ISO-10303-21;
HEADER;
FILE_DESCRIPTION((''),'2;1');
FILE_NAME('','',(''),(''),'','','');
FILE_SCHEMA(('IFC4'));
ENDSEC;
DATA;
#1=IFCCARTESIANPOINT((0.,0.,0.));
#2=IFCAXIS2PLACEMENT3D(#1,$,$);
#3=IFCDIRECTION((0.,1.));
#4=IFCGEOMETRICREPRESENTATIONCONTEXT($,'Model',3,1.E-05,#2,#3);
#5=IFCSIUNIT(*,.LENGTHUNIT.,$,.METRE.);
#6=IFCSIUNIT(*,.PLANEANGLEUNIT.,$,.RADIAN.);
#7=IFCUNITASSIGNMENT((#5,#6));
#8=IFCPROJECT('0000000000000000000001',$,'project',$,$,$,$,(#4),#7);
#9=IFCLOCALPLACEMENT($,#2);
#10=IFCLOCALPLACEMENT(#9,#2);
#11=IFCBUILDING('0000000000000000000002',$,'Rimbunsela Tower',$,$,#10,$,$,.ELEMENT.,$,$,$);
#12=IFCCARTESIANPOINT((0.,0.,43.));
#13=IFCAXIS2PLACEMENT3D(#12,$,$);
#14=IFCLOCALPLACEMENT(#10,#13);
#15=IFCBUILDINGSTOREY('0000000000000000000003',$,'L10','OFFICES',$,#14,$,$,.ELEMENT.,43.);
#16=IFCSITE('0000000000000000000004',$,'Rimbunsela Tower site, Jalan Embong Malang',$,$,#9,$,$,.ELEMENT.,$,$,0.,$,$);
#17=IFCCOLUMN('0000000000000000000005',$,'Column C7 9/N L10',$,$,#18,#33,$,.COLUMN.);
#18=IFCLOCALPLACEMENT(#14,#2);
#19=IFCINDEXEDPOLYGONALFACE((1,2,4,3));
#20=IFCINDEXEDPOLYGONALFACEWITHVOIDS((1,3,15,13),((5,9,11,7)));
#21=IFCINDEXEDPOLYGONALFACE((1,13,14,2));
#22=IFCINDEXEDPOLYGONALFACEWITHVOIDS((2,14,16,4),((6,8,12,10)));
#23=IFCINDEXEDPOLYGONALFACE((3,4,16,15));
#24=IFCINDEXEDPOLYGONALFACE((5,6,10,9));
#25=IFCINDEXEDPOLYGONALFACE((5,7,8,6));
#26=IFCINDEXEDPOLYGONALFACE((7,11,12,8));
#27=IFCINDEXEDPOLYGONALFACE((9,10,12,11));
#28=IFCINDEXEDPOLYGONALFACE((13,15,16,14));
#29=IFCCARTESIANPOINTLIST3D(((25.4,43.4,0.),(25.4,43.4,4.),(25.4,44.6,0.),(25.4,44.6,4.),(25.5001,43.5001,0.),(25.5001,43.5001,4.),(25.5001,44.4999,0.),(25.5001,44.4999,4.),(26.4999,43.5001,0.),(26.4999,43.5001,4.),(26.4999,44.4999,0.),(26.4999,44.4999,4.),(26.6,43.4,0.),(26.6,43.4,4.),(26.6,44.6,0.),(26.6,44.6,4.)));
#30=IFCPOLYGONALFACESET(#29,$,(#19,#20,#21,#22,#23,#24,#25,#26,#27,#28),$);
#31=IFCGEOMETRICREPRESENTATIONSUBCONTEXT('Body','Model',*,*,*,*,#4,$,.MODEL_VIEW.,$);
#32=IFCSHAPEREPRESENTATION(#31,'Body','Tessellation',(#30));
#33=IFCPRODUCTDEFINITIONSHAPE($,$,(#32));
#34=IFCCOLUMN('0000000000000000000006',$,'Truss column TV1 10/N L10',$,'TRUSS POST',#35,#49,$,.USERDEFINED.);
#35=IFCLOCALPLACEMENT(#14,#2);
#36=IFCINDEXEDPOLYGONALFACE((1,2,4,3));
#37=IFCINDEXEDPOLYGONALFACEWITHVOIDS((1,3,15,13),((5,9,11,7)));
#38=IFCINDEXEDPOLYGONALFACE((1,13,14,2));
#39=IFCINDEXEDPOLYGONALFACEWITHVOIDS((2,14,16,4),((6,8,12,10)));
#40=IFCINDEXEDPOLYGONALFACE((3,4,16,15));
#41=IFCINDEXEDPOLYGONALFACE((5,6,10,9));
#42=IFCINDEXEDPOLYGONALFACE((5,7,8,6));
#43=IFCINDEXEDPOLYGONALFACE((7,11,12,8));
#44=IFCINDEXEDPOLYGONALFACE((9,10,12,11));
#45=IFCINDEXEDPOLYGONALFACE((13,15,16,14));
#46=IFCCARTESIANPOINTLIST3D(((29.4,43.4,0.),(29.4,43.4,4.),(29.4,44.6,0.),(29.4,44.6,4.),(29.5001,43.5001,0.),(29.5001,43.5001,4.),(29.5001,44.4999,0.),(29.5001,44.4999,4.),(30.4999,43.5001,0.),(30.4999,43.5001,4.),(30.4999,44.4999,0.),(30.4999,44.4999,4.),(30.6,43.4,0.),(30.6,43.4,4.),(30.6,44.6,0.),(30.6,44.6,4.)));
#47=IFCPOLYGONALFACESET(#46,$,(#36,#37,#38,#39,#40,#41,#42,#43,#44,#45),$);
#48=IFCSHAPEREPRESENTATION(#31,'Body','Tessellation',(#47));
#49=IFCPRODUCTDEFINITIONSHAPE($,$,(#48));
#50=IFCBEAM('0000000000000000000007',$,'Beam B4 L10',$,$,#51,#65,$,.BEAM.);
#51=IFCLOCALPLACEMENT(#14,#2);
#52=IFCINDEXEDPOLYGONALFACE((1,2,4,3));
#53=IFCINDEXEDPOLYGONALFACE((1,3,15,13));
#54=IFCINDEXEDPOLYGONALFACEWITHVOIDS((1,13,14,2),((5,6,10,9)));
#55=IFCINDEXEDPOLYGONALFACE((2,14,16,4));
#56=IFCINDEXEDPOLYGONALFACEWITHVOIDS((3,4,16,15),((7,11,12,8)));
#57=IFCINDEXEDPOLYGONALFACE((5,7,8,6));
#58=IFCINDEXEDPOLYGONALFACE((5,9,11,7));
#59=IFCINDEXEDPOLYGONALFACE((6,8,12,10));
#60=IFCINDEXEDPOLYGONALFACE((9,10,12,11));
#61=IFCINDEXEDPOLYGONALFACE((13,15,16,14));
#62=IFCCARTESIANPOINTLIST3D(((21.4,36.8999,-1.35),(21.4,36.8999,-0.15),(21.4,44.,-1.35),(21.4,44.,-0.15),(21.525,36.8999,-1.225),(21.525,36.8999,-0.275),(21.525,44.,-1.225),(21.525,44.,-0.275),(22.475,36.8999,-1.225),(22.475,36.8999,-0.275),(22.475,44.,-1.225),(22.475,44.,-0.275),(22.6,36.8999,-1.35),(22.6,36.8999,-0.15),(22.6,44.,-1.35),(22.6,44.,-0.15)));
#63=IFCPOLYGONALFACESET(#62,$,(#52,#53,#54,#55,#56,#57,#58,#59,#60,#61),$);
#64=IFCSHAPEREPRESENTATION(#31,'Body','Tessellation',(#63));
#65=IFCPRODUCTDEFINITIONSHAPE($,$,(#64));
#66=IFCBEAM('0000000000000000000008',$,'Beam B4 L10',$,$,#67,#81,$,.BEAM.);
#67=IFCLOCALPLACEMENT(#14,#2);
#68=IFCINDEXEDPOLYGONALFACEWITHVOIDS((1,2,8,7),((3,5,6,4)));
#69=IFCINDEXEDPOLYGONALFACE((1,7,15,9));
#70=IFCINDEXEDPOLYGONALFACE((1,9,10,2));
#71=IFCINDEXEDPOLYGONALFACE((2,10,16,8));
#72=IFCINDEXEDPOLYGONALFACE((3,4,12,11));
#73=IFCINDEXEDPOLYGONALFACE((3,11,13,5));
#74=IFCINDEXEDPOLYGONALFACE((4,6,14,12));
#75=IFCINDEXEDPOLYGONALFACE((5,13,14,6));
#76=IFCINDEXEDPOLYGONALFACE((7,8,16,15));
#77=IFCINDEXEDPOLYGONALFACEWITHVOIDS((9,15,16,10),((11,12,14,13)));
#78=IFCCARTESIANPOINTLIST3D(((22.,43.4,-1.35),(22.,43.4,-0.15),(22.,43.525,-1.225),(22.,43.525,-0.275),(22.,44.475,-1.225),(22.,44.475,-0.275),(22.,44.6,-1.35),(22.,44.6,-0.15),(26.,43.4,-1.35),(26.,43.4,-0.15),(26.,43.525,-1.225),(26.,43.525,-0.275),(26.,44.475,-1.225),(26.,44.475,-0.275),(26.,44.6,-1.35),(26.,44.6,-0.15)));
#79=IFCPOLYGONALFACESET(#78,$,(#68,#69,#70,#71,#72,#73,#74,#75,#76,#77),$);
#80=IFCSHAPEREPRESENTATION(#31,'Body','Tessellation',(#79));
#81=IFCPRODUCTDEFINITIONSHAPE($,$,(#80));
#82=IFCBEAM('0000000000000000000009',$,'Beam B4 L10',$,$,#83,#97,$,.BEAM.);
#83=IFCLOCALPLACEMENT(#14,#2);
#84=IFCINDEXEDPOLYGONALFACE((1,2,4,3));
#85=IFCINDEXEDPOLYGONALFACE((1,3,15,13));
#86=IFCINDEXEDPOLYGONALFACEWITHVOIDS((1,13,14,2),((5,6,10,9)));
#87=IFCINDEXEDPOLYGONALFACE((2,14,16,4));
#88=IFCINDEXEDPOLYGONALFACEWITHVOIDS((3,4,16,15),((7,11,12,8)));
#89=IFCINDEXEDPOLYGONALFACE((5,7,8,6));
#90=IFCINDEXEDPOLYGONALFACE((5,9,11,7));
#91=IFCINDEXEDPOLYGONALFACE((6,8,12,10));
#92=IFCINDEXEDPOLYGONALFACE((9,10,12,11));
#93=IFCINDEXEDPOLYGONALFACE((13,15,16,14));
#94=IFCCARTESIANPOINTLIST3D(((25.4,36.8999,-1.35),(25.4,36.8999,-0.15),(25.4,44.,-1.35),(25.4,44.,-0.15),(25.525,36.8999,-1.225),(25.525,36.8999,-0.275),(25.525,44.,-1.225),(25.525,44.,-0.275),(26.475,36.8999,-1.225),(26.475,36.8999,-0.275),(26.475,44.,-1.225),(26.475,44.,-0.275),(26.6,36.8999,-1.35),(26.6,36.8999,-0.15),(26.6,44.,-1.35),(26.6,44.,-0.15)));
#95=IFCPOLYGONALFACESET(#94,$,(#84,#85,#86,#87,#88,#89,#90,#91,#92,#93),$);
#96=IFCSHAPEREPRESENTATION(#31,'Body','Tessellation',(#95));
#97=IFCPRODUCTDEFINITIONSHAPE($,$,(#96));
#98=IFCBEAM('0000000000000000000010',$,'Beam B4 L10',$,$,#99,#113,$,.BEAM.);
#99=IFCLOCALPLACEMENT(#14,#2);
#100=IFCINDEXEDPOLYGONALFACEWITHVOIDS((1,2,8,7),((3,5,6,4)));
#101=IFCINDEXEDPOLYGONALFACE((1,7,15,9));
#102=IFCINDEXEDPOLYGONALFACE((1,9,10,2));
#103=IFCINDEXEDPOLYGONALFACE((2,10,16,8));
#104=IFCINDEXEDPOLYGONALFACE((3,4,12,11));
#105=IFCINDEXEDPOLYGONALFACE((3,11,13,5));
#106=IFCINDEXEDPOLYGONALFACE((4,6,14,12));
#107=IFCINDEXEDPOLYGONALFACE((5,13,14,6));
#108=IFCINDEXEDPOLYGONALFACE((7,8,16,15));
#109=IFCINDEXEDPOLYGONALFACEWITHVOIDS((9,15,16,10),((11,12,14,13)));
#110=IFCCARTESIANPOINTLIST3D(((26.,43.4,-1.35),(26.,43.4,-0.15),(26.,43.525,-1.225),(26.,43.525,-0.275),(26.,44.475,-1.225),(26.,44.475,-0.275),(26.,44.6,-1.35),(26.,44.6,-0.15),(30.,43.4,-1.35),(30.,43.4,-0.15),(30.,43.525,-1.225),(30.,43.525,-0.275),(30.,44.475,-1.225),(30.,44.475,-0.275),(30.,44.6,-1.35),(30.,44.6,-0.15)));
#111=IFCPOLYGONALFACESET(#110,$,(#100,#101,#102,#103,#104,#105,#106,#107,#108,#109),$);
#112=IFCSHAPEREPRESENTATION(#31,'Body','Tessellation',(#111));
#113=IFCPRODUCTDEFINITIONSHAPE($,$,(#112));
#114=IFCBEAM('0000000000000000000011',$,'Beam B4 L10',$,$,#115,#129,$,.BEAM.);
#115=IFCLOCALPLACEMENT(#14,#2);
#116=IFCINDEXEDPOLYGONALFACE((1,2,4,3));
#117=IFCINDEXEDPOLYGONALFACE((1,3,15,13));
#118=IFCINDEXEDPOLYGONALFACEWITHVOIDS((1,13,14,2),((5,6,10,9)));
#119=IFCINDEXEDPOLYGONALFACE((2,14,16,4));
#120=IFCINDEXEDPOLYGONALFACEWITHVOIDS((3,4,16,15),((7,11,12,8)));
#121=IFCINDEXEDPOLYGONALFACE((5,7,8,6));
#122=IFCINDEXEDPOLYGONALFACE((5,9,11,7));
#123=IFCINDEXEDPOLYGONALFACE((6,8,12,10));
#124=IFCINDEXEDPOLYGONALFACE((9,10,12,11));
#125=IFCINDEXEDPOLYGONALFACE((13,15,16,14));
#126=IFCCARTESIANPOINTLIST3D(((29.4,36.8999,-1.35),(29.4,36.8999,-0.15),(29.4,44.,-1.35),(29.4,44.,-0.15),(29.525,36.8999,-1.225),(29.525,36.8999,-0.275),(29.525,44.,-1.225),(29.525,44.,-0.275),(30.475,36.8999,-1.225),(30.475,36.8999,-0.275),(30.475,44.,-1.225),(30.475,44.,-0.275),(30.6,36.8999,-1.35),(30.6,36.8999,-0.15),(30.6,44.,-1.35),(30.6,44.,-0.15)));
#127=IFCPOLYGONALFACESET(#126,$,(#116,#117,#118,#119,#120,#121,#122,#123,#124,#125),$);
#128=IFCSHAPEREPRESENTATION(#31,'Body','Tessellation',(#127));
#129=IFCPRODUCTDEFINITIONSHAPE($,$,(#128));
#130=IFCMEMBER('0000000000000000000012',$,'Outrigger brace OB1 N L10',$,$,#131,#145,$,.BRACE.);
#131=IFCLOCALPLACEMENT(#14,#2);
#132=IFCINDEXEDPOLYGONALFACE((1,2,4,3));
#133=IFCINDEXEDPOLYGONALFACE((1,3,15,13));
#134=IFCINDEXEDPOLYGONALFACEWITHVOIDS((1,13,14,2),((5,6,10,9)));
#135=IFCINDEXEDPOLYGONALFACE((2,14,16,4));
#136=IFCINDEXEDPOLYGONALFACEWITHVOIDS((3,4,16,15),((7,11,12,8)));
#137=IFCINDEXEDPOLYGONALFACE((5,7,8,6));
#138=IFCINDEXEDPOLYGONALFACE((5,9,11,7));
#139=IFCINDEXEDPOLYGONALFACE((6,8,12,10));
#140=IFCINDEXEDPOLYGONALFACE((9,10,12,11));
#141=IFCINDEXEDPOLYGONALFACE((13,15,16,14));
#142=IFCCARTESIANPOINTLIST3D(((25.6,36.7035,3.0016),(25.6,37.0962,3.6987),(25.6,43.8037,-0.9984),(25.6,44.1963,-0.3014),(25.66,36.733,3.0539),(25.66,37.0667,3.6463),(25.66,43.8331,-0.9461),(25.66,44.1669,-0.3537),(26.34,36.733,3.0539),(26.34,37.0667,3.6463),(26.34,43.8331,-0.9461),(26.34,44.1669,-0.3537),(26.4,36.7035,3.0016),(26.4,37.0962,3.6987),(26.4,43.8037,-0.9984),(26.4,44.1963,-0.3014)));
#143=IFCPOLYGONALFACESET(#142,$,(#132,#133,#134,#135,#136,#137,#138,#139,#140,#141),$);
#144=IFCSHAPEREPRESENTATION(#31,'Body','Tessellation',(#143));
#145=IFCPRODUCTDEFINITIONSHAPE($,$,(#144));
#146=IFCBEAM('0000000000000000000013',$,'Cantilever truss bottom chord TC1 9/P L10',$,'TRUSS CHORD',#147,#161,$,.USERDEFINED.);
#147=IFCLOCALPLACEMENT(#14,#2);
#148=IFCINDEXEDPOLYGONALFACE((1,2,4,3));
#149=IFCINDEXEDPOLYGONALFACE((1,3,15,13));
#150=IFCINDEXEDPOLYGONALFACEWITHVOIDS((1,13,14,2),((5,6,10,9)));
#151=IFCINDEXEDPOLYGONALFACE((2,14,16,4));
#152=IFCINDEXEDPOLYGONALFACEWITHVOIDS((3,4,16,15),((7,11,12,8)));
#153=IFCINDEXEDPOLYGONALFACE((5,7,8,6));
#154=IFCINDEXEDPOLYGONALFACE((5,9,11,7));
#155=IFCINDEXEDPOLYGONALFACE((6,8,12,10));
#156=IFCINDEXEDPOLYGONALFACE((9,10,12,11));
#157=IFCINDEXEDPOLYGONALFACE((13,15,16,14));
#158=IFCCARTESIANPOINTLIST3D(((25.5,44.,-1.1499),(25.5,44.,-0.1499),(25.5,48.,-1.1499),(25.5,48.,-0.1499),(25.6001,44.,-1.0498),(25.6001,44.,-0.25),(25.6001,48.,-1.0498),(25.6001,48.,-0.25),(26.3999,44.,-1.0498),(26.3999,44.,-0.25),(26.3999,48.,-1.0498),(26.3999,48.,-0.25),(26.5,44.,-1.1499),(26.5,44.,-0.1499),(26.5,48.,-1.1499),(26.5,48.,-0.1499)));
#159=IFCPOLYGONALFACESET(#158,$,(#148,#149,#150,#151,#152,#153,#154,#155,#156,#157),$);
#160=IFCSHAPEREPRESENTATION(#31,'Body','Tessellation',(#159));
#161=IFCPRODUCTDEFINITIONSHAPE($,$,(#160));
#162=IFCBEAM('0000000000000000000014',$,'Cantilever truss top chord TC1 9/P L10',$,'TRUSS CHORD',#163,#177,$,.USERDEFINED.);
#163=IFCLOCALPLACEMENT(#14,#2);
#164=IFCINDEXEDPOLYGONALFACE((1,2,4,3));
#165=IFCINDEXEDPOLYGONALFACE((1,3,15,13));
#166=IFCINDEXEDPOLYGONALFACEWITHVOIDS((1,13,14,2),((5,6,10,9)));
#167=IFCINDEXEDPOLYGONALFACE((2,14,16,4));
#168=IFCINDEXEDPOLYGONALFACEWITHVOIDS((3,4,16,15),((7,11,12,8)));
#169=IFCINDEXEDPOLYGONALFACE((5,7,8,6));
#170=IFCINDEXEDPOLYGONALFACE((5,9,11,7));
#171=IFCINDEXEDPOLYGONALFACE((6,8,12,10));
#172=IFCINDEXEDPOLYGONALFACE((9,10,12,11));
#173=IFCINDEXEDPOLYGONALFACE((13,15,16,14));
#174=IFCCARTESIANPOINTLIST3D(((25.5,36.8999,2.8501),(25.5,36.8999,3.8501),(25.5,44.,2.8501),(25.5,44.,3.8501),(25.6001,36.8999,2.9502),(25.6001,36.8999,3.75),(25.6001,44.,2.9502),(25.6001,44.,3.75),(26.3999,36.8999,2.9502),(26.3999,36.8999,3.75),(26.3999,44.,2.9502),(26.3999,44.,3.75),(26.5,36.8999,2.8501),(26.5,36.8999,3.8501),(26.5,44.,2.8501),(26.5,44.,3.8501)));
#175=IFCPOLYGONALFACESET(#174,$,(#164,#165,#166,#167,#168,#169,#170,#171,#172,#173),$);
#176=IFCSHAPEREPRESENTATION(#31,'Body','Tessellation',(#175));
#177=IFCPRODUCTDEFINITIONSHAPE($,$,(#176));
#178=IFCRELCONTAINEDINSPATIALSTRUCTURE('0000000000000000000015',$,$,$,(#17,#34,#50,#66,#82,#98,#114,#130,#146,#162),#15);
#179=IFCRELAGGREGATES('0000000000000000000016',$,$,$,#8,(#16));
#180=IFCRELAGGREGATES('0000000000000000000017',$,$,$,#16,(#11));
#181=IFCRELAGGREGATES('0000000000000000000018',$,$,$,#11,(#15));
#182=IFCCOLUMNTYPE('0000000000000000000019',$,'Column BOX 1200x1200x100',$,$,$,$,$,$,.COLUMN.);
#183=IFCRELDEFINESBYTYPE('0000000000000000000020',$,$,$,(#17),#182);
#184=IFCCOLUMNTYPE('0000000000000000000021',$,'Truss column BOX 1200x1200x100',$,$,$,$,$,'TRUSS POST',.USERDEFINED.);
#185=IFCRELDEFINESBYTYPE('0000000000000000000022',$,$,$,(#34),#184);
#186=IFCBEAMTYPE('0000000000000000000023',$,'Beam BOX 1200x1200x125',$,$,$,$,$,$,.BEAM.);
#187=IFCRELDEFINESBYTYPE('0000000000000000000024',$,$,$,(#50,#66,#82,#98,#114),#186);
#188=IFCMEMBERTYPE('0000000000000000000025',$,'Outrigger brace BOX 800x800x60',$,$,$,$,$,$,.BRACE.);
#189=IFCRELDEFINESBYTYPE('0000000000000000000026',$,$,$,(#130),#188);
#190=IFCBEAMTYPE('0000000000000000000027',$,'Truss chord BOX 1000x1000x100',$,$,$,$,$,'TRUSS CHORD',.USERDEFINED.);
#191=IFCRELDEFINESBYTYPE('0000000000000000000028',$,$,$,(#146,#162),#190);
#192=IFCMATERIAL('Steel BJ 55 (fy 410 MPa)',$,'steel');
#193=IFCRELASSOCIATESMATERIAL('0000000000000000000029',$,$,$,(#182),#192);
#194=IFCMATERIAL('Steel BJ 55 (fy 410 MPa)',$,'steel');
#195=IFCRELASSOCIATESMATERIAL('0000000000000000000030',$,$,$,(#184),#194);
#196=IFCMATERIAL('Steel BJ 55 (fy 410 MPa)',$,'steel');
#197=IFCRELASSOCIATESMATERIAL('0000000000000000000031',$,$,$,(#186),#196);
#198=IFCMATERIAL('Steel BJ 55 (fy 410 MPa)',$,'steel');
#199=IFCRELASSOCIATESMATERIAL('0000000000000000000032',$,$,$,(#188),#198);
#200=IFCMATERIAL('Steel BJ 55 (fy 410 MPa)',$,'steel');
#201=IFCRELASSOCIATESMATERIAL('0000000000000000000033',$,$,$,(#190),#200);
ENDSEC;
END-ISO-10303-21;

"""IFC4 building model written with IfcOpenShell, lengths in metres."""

from ifc_helpers import new_model, si_unit, direction, frame, origin, origin_2d, place, context, subcontext, project, spatial, hollow_rectangle, extrude, material, material_profile, profile_set, type_object, element, save


model = new_model("IFC4")

# Units and contexts
model_context = context("Model", 3, precision=1e-05, world=origin(), true_north=direction((0.0, 1.0)))
body_context = subcontext(model_context, "Body", "Model", "MODEL_VIEW")
ifc_project = project(units=[si_unit("LENGTHUNIT", "METRE"), si_unit("PLANEANGLEUNIT", "RADIAN")], contexts=[model_context])

# Site, building, storey
site_placement = place(None, origin())
site = spatial("IfcSite", under=ifc_project, at=site_placement, Name="Rimbunsela Tower site, Jalan Embong Malang", CompositionType="ELEMENT", RefElevation=0.0)
building_placement = place(site_placement, origin())
building = spatial("IfcBuilding", under=site, at=building_placement, Name="Rimbunsela Tower", CompositionType="ELEMENT")
storey_placement = place(building_placement, frame((0.0, 0.0, 43.0)))
storey = spatial("IfcBuildingStorey", under=building, at=storey_placement, Name="L10", Description="OFFICES", CompositionType="ELEMENT", Elevation=43.0)

# Columns
ifc_material_1 = material(Name="Steel BJ 55 (fy 410 MPa)", Category="steel")
ifc_material_profile_1 = material_profile(ifc_material_1, hollow_rectangle(XDim=1.2, YDim=1.2, WallThickness=0.1001, at=origin_2d()), Name="BOX 1200x1200x100")
ifc_profile_set_1 = profile_set([ifc_material_profile_1], Name="Steel BJ 55 (fy 410 MPa)")
column_type_1 = type_object("IfcColumnType", Name="Column BOX 1200x1200x100", PredefinedType="COLUMN", material=ifc_profile_set_1)
column_1_placement = place(storey_placement, frame((26.0, 44.0, 0.0), z_axis=(0.0, 0.0, 1.0), x_axis=(1.0, 0.0, 0.0)))
element("IfcColumn", 1, at=column_1_placement, inside=storey, type_object=column_type_1, Name="Column C7 9/N L10", PredefinedType="COLUMN", context=body_context, shape_type="SweptSolid", body=[
    extrude(hollow_rectangle(XDim=1.2, YDim=1.2, WallThickness=0.1001, at=origin_2d()), origin(), (0.0, 0.0, 1.0), 4.0),
])
ifc_material_2 = material(Name="Steel BJ 55 (fy 410 MPa)", Category="steel")
ifc_material_profile_2 = material_profile(ifc_material_2, hollow_rectangle(XDim=1.2, YDim=1.2, WallThickness=0.1001, at=origin_2d()), Name="BOX 1200x1200x100")
ifc_profile_set_2 = profile_set([ifc_material_profile_2], Name="Steel BJ 55 (fy 410 MPa)")
column_type_2 = type_object("IfcColumnType", Name="Truss column BOX 1200x1200x100", ElementType="TRUSS POST", PredefinedType="USERDEFINED", material=ifc_profile_set_2)
column_2_placement = place(storey_placement, frame((30.0, 44.0, 0.0), z_axis=(0.0, 0.0, 1.0), x_axis=(1.0, 0.0, 0.0)))
element("IfcColumn", 2, at=column_2_placement, inside=storey, type_object=column_type_2, Name="Truss column TV1 10/N L10", ObjectType="TRUSS POST", PredefinedType="USERDEFINED", context=body_context, shape_type="SweptSolid", body=[
    extrude(hollow_rectangle(XDim=1.2, YDim=1.2, WallThickness=0.1001, at=origin_2d()), origin(), (0.0, 0.0, 1.0), 4.0),
])

# Beams
ifc_material_3 = material(Name="Steel BJ 55 (fy 410 MPa)", Category="steel")
ifc_material_profile_3 = material_profile(ifc_material_3, hollow_rectangle(XDim=1.2, YDim=1.2, WallThickness=0.125, at=origin_2d()), Name="BOX 1200x1200x125")
ifc_profile_set_3 = profile_set([ifc_material_profile_3], Name="Steel BJ 55 (fy 410 MPa)")
beam_type_1 = type_object("IfcBeamType", Name="Beam BOX 1200x1200x125", PredefinedType="BEAM", material=ifc_profile_set_3)
beam_1_placement = place(storey_placement, frame((22.0, 36.8999, -0.75), z_axis=(0.0, 1.0, 0.0), x_axis=(-1.0, 0.0, 0.0)))
element("IfcBeam", 3, at=beam_1_placement, inside=storey, type_object=beam_type_1, Name="Beam B4 L10", PredefinedType="BEAM", context=body_context, shape_type="SweptSolid", body=[
    extrude(hollow_rectangle(XDim=1.2, YDim=1.2, WallThickness=0.125, at=origin_2d()), origin(), (0.0, 0.0, 1.0), 7.1001),
])
beam_2_placement = place(storey_placement, frame((22.0, 44.0, -0.75), z_axis=(1.0, 0.0, 0.0), x_axis=(0.0, 1.0, 0.0)))
element("IfcBeam", 4, at=beam_2_placement, inside=storey, type_object=beam_type_1, Name="Beam B4 L10", PredefinedType="BEAM", context=body_context, shape_type="SweptSolid", body=[
    extrude(hollow_rectangle(XDim=1.2, YDim=1.2, WallThickness=0.125, at=origin_2d()), origin(), (0.0, 0.0, 1.0), 4.0),
])
beam_3_placement = place(storey_placement, frame((26.0, 36.8999, -0.75), z_axis=(0.0, 1.0, 0.0), x_axis=(-1.0, 0.0, 0.0)))
element("IfcBeam", 5, at=beam_3_placement, inside=storey, type_object=beam_type_1, Name="Beam B4 L10", PredefinedType="BEAM", context=body_context, shape_type="SweptSolid", body=[
    extrude(hollow_rectangle(XDim=1.2, YDim=1.2, WallThickness=0.125, at=origin_2d()), origin(), (0.0, 0.0, 1.0), 7.1001),
])
beam_4_placement = place(storey_placement, frame((26.0, 44.0, -0.75), z_axis=(1.0, 0.0, 0.0), x_axis=(0.0, 1.0, 0.0)))
element("IfcBeam", 6, at=beam_4_placement, inside=storey, type_object=beam_type_1, Name="Beam B4 L10", PredefinedType="BEAM", context=body_context, shape_type="SweptSolid", body=[
    extrude(hollow_rectangle(XDim=1.2, YDim=1.2, WallThickness=0.125, at=origin_2d()), origin(), (0.0, 0.0, 1.0), 4.0),
])
beam_5_placement = place(storey_placement, frame((30.0, 36.8999, -0.75), z_axis=(0.0, 1.0, 0.0), x_axis=(-1.0, 0.0, 0.0)))
element("IfcBeam", 7, at=beam_5_placement, inside=storey, type_object=beam_type_1, Name="Beam B4 L10", PredefinedType="BEAM", context=body_context, shape_type="SweptSolid", body=[
    extrude(hollow_rectangle(XDim=1.2, YDim=1.2, WallThickness=0.125, at=origin_2d()), origin(), (0.0, 0.0, 1.0), 7.1001),
])

# Member
ifc_material_4 = material(Name="Steel BJ 55 (fy 410 MPa)", Category="steel")
ifc_material_profile_4 = material_profile(ifc_material_4, hollow_rectangle(XDim=0.8, YDim=0.8, WallThickness=0.0601, at=origin_2d()), Name="BOX 800x800x60")
ifc_profile_set_4 = profile_set([ifc_material_profile_4], Name="Steel BJ 55 (fy 410 MPa)")
member_type_1 = type_object("IfcMemberType", Name="Outrigger brace BOX 800x800x60", PredefinedType="BRACE", material=ifc_profile_set_4)
member_placement = place(storey_placement, frame((26.0, 44.0, -0.6499), z_axis=(0.0, -0.871251, 0.490839), x_axis=(1.0, 0.0, 0.0)))
element("IfcMember", 8, at=member_placement, inside=storey, type_object=member_type_1, Name="Outrigger brace OB1 N L10", PredefinedType="BRACE", context=body_context, shape_type="SweptSolid", body=[
    extrude(hollow_rectangle(XDim=0.8, YDim=0.8, WallThickness=0.0601, at=origin_2d()), origin(), (0.0, 0.0, 1.0), 8.1494),
])

# Beams
ifc_material_5 = material(Name="Steel BJ 55 (fy 410 MPa)", Category="steel")
ifc_material_profile_5 = material_profile(ifc_material_5, hollow_rectangle(XDim=1.0, YDim=1.0, WallThickness=0.1001, at=origin_2d()), Name="BOX 1000x1000x100")
ifc_profile_set_5 = profile_set([ifc_material_profile_5], Name="Steel BJ 55 (fy 410 MPa)")
beam_type_2 = type_object("IfcBeamType", Name="Truss chord BOX 1000x1000x100", ElementType="TRUSS CHORD", PredefinedType="USERDEFINED", material=ifc_profile_set_5)
beam_6_placement = place(storey_placement, frame((26.0, 44.0, -0.6499), z_axis=(0.0, 1.0, 0.0), x_axis=(-1.0, 0.0, 0.0)))
element("IfcBeam", 9, at=beam_6_placement, inside=storey, type_object=beam_type_2, Name="Cantilever truss bottom chord TC1 9/P L10", ObjectType="TRUSS CHORD", PredefinedType="USERDEFINED", context=body_context, shape_type="SweptSolid", body=[
    extrude(hollow_rectangle(XDim=1.0, YDim=1.0, WallThickness=0.1001, at=origin_2d()), origin(), (0.0, 0.0, 1.0), 4.0),
])
beam_7_placement = place(storey_placement, frame((26.0, 36.8999, 3.3501), z_axis=(0.0, 1.0, 0.0), x_axis=(-1.0, 0.0, 0.0)))
element("IfcBeam", 10, at=beam_7_placement, inside=storey, type_object=beam_type_2, Name="Cantilever truss top chord TC1 9/P L10", ObjectType="TRUSS CHORD", PredefinedType="USERDEFINED", context=body_context, shape_type="SweptSolid", body=[
    extrude(hollow_rectangle(XDim=1.0, YDim=1.0, WallThickness=0.1001, at=origin_2d()), origin(), (0.0, 0.0, 1.0), 7.1001),
])

save(model, "model.ifc")
